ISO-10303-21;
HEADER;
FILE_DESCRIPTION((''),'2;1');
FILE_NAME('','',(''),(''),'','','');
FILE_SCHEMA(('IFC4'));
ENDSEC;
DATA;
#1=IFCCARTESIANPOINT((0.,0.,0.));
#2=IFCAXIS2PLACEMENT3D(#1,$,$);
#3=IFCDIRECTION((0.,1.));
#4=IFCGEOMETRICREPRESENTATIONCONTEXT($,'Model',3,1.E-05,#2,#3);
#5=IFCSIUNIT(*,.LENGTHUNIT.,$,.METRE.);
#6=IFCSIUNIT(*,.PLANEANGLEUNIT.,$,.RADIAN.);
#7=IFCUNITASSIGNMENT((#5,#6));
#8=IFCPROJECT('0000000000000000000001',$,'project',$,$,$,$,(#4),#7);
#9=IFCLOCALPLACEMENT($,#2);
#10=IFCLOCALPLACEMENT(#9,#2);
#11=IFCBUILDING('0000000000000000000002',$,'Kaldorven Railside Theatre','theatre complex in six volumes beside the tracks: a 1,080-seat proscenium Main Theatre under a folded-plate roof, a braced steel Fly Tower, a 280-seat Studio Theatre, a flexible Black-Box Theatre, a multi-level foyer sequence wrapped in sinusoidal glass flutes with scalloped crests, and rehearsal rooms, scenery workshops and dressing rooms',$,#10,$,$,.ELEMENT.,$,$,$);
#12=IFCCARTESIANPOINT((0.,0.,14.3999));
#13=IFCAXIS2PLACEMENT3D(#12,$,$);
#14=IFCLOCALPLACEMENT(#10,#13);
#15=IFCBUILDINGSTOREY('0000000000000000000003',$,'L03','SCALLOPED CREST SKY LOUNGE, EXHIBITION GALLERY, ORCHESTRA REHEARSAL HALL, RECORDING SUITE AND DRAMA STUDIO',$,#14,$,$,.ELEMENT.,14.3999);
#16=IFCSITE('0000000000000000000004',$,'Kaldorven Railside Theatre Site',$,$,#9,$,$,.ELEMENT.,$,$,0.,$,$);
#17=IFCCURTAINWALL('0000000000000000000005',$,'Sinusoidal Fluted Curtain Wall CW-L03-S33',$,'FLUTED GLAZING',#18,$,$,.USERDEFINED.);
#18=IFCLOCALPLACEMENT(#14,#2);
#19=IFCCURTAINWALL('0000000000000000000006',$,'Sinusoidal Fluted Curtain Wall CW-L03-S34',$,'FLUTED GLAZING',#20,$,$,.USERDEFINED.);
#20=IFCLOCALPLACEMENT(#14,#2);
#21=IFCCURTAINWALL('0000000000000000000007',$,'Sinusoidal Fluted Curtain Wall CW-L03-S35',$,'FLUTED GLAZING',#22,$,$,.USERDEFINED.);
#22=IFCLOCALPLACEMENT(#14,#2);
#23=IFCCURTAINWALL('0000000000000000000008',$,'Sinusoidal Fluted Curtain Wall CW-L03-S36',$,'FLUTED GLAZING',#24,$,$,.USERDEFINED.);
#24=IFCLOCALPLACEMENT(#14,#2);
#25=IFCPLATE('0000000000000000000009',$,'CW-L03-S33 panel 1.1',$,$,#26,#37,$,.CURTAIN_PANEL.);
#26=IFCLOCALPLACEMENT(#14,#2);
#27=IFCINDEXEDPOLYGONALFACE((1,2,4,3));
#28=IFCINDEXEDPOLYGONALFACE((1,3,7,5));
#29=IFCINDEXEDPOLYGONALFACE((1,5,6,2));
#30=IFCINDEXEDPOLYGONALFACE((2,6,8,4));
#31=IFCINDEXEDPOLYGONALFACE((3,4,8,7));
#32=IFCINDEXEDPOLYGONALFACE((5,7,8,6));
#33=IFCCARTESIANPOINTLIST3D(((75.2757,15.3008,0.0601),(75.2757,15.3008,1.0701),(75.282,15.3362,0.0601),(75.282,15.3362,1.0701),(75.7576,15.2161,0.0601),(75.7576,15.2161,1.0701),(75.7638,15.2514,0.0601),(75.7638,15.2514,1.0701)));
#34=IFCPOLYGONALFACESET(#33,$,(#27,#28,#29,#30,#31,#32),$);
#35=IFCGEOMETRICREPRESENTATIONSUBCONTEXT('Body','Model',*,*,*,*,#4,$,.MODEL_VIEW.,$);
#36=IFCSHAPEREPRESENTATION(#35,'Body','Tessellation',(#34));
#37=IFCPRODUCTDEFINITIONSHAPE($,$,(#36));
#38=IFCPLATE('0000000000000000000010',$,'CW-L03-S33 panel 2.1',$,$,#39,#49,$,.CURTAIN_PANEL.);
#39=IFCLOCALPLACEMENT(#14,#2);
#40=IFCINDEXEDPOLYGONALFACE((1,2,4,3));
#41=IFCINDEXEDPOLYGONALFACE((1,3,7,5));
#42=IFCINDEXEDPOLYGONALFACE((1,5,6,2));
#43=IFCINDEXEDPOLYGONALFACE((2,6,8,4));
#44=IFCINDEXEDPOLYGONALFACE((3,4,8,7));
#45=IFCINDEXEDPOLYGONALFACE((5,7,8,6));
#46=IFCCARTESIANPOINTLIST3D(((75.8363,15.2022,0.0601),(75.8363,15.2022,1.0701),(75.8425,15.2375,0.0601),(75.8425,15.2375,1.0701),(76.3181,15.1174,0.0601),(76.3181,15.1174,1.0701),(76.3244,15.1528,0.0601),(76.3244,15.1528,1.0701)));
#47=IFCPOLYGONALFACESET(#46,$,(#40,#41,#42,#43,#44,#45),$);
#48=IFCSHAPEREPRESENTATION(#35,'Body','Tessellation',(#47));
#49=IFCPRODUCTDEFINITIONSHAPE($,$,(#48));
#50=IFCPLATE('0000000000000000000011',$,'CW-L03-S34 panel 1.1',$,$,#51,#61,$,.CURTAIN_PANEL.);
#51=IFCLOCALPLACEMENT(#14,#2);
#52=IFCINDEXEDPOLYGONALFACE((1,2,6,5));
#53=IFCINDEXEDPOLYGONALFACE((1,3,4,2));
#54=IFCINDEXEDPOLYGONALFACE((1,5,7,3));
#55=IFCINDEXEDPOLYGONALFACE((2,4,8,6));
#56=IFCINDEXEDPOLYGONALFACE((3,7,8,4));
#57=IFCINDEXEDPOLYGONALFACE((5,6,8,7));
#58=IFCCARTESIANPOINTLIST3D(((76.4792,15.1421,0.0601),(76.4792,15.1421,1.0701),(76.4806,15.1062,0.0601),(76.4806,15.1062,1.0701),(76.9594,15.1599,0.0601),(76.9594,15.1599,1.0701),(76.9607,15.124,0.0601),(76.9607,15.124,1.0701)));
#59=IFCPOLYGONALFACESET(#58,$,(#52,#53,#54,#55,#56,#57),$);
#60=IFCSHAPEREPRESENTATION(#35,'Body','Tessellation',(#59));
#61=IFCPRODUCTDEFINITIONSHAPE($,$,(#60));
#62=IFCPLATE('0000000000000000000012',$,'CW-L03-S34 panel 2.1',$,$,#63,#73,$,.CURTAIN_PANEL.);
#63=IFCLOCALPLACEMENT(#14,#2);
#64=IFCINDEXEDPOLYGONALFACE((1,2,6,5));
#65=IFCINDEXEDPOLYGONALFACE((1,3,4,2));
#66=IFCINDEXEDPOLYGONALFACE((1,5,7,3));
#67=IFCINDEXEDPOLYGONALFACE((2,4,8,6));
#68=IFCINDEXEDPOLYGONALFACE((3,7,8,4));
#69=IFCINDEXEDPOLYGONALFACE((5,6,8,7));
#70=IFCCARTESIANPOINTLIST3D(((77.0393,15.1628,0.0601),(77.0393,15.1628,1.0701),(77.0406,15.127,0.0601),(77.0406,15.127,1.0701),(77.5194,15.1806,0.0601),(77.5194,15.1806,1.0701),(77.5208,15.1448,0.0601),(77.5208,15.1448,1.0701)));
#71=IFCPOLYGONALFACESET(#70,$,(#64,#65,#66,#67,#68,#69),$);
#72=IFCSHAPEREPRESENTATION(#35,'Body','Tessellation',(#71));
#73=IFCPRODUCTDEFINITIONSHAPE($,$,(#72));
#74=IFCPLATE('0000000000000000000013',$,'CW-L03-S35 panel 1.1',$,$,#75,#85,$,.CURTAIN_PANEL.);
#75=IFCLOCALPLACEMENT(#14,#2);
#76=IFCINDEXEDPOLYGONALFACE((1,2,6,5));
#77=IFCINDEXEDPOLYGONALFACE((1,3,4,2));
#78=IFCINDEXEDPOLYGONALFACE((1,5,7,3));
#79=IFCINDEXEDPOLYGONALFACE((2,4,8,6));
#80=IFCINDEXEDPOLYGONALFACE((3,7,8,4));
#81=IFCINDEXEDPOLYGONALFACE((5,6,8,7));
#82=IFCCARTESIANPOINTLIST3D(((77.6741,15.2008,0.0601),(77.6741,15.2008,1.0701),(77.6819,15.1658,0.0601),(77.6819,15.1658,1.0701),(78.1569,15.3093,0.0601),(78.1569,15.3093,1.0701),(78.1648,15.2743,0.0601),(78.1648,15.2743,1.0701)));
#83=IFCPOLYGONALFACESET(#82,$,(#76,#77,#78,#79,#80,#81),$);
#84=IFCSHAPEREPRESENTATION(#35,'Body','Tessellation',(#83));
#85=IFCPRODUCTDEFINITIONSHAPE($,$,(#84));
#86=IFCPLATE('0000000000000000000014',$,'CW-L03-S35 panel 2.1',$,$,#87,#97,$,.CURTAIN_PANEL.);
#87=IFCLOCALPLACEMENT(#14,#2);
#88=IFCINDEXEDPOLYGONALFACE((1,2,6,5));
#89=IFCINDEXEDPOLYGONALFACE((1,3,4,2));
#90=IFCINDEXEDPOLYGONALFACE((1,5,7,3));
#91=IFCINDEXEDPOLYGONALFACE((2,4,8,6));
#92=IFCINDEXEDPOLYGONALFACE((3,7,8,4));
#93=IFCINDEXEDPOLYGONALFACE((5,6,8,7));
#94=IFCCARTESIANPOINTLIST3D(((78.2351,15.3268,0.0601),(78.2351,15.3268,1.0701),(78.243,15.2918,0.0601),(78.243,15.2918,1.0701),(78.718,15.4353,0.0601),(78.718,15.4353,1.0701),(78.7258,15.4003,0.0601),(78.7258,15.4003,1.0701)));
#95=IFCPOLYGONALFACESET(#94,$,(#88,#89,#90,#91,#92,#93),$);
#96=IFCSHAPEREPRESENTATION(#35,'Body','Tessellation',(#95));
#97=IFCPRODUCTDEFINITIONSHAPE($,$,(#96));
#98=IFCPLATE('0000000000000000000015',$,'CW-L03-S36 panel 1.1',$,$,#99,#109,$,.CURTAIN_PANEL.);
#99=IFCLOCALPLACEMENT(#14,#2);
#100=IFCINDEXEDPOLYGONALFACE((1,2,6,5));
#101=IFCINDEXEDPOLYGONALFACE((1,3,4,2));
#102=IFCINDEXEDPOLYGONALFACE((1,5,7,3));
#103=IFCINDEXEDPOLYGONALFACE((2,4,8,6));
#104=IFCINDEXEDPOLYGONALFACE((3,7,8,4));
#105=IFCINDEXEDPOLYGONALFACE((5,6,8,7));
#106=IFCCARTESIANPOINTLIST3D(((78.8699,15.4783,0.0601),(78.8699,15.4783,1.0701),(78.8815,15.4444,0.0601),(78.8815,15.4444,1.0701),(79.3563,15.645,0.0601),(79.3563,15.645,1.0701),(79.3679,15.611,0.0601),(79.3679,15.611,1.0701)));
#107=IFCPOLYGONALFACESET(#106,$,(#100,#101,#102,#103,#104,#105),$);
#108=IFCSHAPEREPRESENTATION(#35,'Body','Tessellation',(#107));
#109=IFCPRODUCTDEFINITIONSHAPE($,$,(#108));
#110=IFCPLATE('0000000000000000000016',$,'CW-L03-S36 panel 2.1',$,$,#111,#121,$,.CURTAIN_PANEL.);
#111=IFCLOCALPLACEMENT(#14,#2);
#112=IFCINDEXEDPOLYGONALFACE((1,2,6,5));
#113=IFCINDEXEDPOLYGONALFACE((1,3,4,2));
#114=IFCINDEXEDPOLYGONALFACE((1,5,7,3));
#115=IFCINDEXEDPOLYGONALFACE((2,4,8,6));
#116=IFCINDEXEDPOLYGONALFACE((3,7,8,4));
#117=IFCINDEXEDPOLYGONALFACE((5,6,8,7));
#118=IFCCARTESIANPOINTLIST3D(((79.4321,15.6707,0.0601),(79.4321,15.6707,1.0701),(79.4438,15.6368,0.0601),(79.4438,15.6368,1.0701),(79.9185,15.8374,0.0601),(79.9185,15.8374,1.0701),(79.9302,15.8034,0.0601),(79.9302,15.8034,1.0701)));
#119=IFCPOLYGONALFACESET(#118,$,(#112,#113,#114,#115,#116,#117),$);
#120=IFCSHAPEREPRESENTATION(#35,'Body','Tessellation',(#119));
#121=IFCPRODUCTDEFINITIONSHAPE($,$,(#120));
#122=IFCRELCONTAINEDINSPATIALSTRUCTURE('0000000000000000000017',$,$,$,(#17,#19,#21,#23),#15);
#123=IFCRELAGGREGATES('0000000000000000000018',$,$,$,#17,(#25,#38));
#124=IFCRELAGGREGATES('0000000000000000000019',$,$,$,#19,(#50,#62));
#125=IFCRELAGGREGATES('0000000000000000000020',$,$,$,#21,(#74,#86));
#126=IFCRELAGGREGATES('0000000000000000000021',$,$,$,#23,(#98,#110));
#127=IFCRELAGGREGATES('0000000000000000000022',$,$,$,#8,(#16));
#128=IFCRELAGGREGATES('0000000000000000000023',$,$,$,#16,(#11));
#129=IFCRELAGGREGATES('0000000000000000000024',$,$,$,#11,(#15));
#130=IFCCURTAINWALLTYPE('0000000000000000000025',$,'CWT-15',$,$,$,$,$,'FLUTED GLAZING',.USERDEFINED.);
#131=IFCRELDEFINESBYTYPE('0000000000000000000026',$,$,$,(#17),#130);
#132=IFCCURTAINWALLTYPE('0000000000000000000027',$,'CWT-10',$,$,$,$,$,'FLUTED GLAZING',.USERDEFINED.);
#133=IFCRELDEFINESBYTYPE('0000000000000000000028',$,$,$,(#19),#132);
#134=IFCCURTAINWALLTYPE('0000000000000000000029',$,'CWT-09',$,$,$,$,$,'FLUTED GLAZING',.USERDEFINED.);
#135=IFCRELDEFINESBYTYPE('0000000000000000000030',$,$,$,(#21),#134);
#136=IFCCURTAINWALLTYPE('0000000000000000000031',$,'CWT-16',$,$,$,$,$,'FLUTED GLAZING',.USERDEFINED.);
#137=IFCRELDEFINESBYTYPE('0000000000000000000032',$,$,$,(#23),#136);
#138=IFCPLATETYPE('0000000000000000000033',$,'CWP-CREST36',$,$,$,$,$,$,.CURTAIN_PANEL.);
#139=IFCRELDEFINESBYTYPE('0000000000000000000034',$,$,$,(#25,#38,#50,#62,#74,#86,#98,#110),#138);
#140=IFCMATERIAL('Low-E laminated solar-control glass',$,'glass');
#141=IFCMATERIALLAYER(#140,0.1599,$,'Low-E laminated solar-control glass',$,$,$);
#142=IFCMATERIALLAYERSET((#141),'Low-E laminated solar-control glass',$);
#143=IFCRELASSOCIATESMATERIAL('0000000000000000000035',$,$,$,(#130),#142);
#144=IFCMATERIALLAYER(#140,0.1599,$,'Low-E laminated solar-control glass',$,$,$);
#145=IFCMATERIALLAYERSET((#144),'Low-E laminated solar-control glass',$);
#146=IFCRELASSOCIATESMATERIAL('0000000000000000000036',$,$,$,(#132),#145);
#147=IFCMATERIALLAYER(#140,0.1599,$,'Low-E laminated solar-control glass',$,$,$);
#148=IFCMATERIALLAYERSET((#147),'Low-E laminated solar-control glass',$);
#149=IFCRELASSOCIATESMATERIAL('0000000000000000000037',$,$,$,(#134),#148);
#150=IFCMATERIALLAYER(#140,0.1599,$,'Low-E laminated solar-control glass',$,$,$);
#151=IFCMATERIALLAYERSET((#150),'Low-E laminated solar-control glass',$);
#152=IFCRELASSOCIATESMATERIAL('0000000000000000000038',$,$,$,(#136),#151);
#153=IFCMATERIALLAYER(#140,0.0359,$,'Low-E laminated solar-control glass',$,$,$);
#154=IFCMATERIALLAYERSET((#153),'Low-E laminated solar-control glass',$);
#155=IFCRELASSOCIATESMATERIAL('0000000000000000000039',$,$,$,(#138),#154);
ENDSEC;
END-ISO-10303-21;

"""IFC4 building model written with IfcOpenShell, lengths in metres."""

from ifc_helpers import new_model, si_unit, direction, frame, origin, origin_2d, place, context, subcontext, project, spatial, rectangle, extrude, material, layer, layer_set, type_object, element, aggregate, save


model = new_model("IFC4")

# Units and contexts
model_context = context("Model", 3, precision=1e-05, world=origin(), true_north=direction((0.0, 1.0)))
body_context = subcontext(model_context, "Body", "Model", "MODEL_VIEW")
ifc_project = project(units=[si_unit("LENGTHUNIT", "METRE"), si_unit("PLANEANGLEUNIT", "RADIAN")], contexts=[model_context])

# Site, building, storey
site_placement = place(None, origin())
site = spatial("IfcSite", under=ifc_project, at=site_placement, Name="Kaldorven Railside Theatre Site", CompositionType="ELEMENT", RefElevation=0.0)
building_placement = place(site_placement, origin())
building = spatial("IfcBuilding", under=site, at=building_placement, Name="Kaldorven Railside Theatre", Description="theatre complex in six volumes beside the tracks: a 1,080-seat proscenium Main Theatre under a folded-plate roof, a braced steel Fly Tower, a 280-seat Studio Theatre, a flexible Black-Box Theatre, a multi-level foyer sequence wrapped in sinusoidal glass flutes with scalloped crests, and rehearsal rooms, scenery workshops and dressing rooms", CompositionType="ELEMENT")
storey_placement = place(building_placement, frame((0.0, 0.0, 14.3999)))
storey = spatial("IfcBuildingStorey", under=building, at=storey_placement, Name="L03", Description="SCALLOPED CREST SKY LOUNGE, EXHIBITION GALLERY, ORCHESTRA REHEARSAL HALL, RECORDING SUITE AND DRAMA STUDIO", CompositionType="ELEMENT", Elevation=14.3999)

# Shared definitions
ifc_material_1 = material(Name="Low-E laminated solar-control glass", Category="glass")

# Curtain walls
ifc_layer_1 = layer(ifc_material_1, 0.1599, Name="Low-E laminated solar-control glass")
ifc_layer_set_1 = layer_set([ifc_layer_1], Name="Low-E laminated solar-control glass")
curtain_wall_type_1 = type_object("IfcCurtainWallType", Name="CWT-15", ElementType="FLUTED GLAZING", PredefinedType="USERDEFINED", material=ifc_layer_set_1)
curtain_wall_1_placement = place(storey_placement, origin())
curtain_wall_1 = element("IfcCurtainWall", 1, at=curtain_wall_1_placement, inside=storey, type_object=curtain_wall_type_1, Name="Sinusoidal Fluted Curtain Wall CW-L03-S33", ObjectType="FLUTED GLAZING", PredefinedType="USERDEFINED")
ifc_layer_2 = layer(ifc_material_1, 0.1599, Name="Low-E laminated solar-control glass")
ifc_layer_set_2 = layer_set([ifc_layer_2], Name="Low-E laminated solar-control glass")
curtain_wall_type_2 = type_object("IfcCurtainWallType", Name="CWT-10", ElementType="FLUTED GLAZING", PredefinedType="USERDEFINED", material=ifc_layer_set_2)
curtain_wall_2_placement = place(storey_placement, origin())
curtain_wall_2 = element("IfcCurtainWall", 2, at=curtain_wall_2_placement, inside=storey, type_object=curtain_wall_type_2, Name="Sinusoidal Fluted Curtain Wall CW-L03-S34", ObjectType="FLUTED GLAZING", PredefinedType="USERDEFINED")
ifc_layer_3 = layer(ifc_material_1, 0.1599, Name="Low-E laminated solar-control glass")
ifc_layer_set_3 = layer_set([ifc_layer_3], Name="Low-E laminated solar-control glass")
curtain_wall_type_3 = type_object("IfcCurtainWallType", Name="CWT-09", ElementType="FLUTED GLAZING", PredefinedType="USERDEFINED", material=ifc_layer_set_3)
curtain_wall_3_placement = place(storey_placement, origin())
curtain_wall_3 = element("IfcCurtainWall", 3, at=curtain_wall_3_placement, inside=storey, type_object=curtain_wall_type_3, Name="Sinusoidal Fluted Curtain Wall CW-L03-S35", ObjectType="FLUTED GLAZING", PredefinedType="USERDEFINED")
ifc_layer_4 = layer(ifc_material_1, 0.1599, Name="Low-E laminated solar-control glass")
ifc_layer_set_4 = layer_set([ifc_layer_4], Name="Low-E laminated solar-control glass")
curtain_wall_type_4 = type_object("IfcCurtainWallType", Name="CWT-16", ElementType="FLUTED GLAZING", PredefinedType="USERDEFINED", material=ifc_layer_set_4)
curtain_wall_4_placement = place(storey_placement, origin())
curtain_wall_4 = element("IfcCurtainWall", 4, at=curtain_wall_4_placement, inside=storey, type_object=curtain_wall_type_4, Name="Sinusoidal Fluted Curtain Wall CW-L03-S36", ObjectType="FLUTED GLAZING", PredefinedType="USERDEFINED")

# Plates
ifc_layer_5 = layer(ifc_material_1, 0.0359, Name="Low-E laminated solar-control glass")
ifc_layer_set_5 = layer_set([ifc_layer_5], Name="Low-E laminated solar-control glass")
plate_type = type_object("IfcPlateType", Name="CWP-CREST36", PredefinedType="CURTAIN_PANEL", material=ifc_layer_set_5)
plate_1_placement = place(storey_placement, frame((75.5198, 15.2761, 0.0601), z_axis=(0.0, 0.0, 1.0), x_axis=(0.984877, -0.173256, 0.0)))
plate_1 = element("IfcPlate", 5, at=plate_1_placement, type_object=plate_type, Name="CW-L03-S33 panel 1.1", PredefinedType="CURTAIN_PANEL", context=body_context, shape_type="SweptSolid", body=[
    extrude(rectangle(XDim=0.4893, YDim=0.0359, at=origin_2d()), origin(), (0.0, 0.0, 1.0), 1.01),
])
plate_2_placement = place(storey_placement, frame((76.0803, 15.1775, 0.0601), z_axis=(0.0, 0.0, 1.0), x_axis=(0.984877, -0.173256, 0.0)))
plate_2 = element("IfcPlate", 6, at=plate_2_placement, type_object=plate_type, Name="CW-L03-S33 panel 2.1", PredefinedType="CURTAIN_PANEL", context=body_context, shape_type="SweptSolid", body=[
    extrude(rectangle(XDim=0.4893, YDim=0.0359, at=origin_2d()), origin(), (0.0, 0.0, 1.0), 1.01),
])
aggregate(curtain_wall_1, [plate_1, plate_2])
plate_3_placement = place(storey_placement, frame((76.72, 15.1331, 0.0601), z_axis=(0.0, 0.0, 1.0), x_axis=(0.999313, 0.037058, 0.0)))
plate_3 = element("IfcPlate", 7, at=plate_3_placement, type_object=plate_type, Name="CW-L03-S34 panel 1.1", PredefinedType="CURTAIN_PANEL", context=body_context, shape_type="SweptSolid", body=[
    extrude(rectangle(XDim=0.4805, YDim=0.0359, at=origin_2d()), origin(), (0.0, 0.0, 1.0), 1.01),
])
plate_4_placement = place(storey_placement, frame((77.28, 15.1538, 0.0601), z_axis=(0.0, 0.0, 1.0), x_axis=(0.999313, 0.037058, 0.0)))
plate_4 = element("IfcPlate", 8, at=plate_4_placement, type_object=plate_type, Name="CW-L03-S34 panel 2.1", PredefinedType="CURTAIN_PANEL", context=body_context, shape_type="SweptSolid", body=[
    extrude(rectangle(XDim=0.4805, YDim=0.0359, at=origin_2d()), origin(), (0.0, 0.0, 1.0), 1.01),
])
aggregate(curtain_wall_2, [plate_3, plate_4])
plate_5_placement = place(storey_placement, frame((77.9194, 15.2375, 0.0601), z_axis=(0.0, 0.0, 1.0), x_axis=(0.975679, 0.219203, 0.0)))
plate_5 = element("IfcPlate", 9, at=plate_5_placement, type_object=plate_type, Name="CW-L03-S35 panel 1.1", PredefinedType="CURTAIN_PANEL", context=body_context, shape_type="SweptSolid", body=[
    extrude(rectangle(XDim=0.4949, YDim=0.0359, at=origin_2d()), origin(), (0.0, 0.0, 1.0), 1.01),
])
plate_6_placement = place(storey_placement, frame((78.4805, 15.3635, 0.0601), z_axis=(0.0, 0.0, 1.0), x_axis=(0.975679, 0.219203, 0.0)))
plate_6 = element("IfcPlate", 10, at=plate_6_placement, type_object=plate_type, Name="CW-L03-S35 panel 2.1", PredefinedType="CURTAIN_PANEL", context=body_context, shape_type="SweptSolid", body=[
    extrude(rectangle(XDim=0.4949, YDim=0.0359, at=origin_2d()), origin(), (0.0, 0.0, 1.0), 1.01),
])
aggregate(curtain_wall_3, [plate_5, plate_6])
plate_7_placement = place(storey_placement, frame((79.1189, 15.5447, 0.0601), z_axis=(0.0, 0.0, 1.0), x_axis=(0.946025, 0.324093, 0.0)))
plate_7 = element("IfcPlate", 11, at=plate_7_placement, type_object=plate_type, Name="CW-L03-S36 panel 1.1", PredefinedType="CURTAIN_PANEL", context=body_context, shape_type="SweptSolid", body=[
    extrude(rectangle(XDim=0.5142, YDim=0.0359, at=origin_2d()), origin(), (0.0, 0.0, 1.0), 1.01),
])
plate_8_placement = place(storey_placement, frame((79.6812, 15.7371, 0.0601), z_axis=(0.0, 0.0, 1.0), x_axis=(0.946025, 0.324093, 0.0)))
plate_8 = element("IfcPlate", 12, at=plate_8_placement, type_object=plate_type, Name="CW-L03-S36 panel 2.1", PredefinedType="CURTAIN_PANEL", context=body_context, shape_type="SweptSolid", body=[
    extrude(rectangle(XDim=0.5142, YDim=0.0359, at=origin_2d()), origin(), (0.0, 0.0, 1.0), 1.01),
])
aggregate(curtain_wall_4, [plate_7, plate_8])

save(model, "model.ifc")
